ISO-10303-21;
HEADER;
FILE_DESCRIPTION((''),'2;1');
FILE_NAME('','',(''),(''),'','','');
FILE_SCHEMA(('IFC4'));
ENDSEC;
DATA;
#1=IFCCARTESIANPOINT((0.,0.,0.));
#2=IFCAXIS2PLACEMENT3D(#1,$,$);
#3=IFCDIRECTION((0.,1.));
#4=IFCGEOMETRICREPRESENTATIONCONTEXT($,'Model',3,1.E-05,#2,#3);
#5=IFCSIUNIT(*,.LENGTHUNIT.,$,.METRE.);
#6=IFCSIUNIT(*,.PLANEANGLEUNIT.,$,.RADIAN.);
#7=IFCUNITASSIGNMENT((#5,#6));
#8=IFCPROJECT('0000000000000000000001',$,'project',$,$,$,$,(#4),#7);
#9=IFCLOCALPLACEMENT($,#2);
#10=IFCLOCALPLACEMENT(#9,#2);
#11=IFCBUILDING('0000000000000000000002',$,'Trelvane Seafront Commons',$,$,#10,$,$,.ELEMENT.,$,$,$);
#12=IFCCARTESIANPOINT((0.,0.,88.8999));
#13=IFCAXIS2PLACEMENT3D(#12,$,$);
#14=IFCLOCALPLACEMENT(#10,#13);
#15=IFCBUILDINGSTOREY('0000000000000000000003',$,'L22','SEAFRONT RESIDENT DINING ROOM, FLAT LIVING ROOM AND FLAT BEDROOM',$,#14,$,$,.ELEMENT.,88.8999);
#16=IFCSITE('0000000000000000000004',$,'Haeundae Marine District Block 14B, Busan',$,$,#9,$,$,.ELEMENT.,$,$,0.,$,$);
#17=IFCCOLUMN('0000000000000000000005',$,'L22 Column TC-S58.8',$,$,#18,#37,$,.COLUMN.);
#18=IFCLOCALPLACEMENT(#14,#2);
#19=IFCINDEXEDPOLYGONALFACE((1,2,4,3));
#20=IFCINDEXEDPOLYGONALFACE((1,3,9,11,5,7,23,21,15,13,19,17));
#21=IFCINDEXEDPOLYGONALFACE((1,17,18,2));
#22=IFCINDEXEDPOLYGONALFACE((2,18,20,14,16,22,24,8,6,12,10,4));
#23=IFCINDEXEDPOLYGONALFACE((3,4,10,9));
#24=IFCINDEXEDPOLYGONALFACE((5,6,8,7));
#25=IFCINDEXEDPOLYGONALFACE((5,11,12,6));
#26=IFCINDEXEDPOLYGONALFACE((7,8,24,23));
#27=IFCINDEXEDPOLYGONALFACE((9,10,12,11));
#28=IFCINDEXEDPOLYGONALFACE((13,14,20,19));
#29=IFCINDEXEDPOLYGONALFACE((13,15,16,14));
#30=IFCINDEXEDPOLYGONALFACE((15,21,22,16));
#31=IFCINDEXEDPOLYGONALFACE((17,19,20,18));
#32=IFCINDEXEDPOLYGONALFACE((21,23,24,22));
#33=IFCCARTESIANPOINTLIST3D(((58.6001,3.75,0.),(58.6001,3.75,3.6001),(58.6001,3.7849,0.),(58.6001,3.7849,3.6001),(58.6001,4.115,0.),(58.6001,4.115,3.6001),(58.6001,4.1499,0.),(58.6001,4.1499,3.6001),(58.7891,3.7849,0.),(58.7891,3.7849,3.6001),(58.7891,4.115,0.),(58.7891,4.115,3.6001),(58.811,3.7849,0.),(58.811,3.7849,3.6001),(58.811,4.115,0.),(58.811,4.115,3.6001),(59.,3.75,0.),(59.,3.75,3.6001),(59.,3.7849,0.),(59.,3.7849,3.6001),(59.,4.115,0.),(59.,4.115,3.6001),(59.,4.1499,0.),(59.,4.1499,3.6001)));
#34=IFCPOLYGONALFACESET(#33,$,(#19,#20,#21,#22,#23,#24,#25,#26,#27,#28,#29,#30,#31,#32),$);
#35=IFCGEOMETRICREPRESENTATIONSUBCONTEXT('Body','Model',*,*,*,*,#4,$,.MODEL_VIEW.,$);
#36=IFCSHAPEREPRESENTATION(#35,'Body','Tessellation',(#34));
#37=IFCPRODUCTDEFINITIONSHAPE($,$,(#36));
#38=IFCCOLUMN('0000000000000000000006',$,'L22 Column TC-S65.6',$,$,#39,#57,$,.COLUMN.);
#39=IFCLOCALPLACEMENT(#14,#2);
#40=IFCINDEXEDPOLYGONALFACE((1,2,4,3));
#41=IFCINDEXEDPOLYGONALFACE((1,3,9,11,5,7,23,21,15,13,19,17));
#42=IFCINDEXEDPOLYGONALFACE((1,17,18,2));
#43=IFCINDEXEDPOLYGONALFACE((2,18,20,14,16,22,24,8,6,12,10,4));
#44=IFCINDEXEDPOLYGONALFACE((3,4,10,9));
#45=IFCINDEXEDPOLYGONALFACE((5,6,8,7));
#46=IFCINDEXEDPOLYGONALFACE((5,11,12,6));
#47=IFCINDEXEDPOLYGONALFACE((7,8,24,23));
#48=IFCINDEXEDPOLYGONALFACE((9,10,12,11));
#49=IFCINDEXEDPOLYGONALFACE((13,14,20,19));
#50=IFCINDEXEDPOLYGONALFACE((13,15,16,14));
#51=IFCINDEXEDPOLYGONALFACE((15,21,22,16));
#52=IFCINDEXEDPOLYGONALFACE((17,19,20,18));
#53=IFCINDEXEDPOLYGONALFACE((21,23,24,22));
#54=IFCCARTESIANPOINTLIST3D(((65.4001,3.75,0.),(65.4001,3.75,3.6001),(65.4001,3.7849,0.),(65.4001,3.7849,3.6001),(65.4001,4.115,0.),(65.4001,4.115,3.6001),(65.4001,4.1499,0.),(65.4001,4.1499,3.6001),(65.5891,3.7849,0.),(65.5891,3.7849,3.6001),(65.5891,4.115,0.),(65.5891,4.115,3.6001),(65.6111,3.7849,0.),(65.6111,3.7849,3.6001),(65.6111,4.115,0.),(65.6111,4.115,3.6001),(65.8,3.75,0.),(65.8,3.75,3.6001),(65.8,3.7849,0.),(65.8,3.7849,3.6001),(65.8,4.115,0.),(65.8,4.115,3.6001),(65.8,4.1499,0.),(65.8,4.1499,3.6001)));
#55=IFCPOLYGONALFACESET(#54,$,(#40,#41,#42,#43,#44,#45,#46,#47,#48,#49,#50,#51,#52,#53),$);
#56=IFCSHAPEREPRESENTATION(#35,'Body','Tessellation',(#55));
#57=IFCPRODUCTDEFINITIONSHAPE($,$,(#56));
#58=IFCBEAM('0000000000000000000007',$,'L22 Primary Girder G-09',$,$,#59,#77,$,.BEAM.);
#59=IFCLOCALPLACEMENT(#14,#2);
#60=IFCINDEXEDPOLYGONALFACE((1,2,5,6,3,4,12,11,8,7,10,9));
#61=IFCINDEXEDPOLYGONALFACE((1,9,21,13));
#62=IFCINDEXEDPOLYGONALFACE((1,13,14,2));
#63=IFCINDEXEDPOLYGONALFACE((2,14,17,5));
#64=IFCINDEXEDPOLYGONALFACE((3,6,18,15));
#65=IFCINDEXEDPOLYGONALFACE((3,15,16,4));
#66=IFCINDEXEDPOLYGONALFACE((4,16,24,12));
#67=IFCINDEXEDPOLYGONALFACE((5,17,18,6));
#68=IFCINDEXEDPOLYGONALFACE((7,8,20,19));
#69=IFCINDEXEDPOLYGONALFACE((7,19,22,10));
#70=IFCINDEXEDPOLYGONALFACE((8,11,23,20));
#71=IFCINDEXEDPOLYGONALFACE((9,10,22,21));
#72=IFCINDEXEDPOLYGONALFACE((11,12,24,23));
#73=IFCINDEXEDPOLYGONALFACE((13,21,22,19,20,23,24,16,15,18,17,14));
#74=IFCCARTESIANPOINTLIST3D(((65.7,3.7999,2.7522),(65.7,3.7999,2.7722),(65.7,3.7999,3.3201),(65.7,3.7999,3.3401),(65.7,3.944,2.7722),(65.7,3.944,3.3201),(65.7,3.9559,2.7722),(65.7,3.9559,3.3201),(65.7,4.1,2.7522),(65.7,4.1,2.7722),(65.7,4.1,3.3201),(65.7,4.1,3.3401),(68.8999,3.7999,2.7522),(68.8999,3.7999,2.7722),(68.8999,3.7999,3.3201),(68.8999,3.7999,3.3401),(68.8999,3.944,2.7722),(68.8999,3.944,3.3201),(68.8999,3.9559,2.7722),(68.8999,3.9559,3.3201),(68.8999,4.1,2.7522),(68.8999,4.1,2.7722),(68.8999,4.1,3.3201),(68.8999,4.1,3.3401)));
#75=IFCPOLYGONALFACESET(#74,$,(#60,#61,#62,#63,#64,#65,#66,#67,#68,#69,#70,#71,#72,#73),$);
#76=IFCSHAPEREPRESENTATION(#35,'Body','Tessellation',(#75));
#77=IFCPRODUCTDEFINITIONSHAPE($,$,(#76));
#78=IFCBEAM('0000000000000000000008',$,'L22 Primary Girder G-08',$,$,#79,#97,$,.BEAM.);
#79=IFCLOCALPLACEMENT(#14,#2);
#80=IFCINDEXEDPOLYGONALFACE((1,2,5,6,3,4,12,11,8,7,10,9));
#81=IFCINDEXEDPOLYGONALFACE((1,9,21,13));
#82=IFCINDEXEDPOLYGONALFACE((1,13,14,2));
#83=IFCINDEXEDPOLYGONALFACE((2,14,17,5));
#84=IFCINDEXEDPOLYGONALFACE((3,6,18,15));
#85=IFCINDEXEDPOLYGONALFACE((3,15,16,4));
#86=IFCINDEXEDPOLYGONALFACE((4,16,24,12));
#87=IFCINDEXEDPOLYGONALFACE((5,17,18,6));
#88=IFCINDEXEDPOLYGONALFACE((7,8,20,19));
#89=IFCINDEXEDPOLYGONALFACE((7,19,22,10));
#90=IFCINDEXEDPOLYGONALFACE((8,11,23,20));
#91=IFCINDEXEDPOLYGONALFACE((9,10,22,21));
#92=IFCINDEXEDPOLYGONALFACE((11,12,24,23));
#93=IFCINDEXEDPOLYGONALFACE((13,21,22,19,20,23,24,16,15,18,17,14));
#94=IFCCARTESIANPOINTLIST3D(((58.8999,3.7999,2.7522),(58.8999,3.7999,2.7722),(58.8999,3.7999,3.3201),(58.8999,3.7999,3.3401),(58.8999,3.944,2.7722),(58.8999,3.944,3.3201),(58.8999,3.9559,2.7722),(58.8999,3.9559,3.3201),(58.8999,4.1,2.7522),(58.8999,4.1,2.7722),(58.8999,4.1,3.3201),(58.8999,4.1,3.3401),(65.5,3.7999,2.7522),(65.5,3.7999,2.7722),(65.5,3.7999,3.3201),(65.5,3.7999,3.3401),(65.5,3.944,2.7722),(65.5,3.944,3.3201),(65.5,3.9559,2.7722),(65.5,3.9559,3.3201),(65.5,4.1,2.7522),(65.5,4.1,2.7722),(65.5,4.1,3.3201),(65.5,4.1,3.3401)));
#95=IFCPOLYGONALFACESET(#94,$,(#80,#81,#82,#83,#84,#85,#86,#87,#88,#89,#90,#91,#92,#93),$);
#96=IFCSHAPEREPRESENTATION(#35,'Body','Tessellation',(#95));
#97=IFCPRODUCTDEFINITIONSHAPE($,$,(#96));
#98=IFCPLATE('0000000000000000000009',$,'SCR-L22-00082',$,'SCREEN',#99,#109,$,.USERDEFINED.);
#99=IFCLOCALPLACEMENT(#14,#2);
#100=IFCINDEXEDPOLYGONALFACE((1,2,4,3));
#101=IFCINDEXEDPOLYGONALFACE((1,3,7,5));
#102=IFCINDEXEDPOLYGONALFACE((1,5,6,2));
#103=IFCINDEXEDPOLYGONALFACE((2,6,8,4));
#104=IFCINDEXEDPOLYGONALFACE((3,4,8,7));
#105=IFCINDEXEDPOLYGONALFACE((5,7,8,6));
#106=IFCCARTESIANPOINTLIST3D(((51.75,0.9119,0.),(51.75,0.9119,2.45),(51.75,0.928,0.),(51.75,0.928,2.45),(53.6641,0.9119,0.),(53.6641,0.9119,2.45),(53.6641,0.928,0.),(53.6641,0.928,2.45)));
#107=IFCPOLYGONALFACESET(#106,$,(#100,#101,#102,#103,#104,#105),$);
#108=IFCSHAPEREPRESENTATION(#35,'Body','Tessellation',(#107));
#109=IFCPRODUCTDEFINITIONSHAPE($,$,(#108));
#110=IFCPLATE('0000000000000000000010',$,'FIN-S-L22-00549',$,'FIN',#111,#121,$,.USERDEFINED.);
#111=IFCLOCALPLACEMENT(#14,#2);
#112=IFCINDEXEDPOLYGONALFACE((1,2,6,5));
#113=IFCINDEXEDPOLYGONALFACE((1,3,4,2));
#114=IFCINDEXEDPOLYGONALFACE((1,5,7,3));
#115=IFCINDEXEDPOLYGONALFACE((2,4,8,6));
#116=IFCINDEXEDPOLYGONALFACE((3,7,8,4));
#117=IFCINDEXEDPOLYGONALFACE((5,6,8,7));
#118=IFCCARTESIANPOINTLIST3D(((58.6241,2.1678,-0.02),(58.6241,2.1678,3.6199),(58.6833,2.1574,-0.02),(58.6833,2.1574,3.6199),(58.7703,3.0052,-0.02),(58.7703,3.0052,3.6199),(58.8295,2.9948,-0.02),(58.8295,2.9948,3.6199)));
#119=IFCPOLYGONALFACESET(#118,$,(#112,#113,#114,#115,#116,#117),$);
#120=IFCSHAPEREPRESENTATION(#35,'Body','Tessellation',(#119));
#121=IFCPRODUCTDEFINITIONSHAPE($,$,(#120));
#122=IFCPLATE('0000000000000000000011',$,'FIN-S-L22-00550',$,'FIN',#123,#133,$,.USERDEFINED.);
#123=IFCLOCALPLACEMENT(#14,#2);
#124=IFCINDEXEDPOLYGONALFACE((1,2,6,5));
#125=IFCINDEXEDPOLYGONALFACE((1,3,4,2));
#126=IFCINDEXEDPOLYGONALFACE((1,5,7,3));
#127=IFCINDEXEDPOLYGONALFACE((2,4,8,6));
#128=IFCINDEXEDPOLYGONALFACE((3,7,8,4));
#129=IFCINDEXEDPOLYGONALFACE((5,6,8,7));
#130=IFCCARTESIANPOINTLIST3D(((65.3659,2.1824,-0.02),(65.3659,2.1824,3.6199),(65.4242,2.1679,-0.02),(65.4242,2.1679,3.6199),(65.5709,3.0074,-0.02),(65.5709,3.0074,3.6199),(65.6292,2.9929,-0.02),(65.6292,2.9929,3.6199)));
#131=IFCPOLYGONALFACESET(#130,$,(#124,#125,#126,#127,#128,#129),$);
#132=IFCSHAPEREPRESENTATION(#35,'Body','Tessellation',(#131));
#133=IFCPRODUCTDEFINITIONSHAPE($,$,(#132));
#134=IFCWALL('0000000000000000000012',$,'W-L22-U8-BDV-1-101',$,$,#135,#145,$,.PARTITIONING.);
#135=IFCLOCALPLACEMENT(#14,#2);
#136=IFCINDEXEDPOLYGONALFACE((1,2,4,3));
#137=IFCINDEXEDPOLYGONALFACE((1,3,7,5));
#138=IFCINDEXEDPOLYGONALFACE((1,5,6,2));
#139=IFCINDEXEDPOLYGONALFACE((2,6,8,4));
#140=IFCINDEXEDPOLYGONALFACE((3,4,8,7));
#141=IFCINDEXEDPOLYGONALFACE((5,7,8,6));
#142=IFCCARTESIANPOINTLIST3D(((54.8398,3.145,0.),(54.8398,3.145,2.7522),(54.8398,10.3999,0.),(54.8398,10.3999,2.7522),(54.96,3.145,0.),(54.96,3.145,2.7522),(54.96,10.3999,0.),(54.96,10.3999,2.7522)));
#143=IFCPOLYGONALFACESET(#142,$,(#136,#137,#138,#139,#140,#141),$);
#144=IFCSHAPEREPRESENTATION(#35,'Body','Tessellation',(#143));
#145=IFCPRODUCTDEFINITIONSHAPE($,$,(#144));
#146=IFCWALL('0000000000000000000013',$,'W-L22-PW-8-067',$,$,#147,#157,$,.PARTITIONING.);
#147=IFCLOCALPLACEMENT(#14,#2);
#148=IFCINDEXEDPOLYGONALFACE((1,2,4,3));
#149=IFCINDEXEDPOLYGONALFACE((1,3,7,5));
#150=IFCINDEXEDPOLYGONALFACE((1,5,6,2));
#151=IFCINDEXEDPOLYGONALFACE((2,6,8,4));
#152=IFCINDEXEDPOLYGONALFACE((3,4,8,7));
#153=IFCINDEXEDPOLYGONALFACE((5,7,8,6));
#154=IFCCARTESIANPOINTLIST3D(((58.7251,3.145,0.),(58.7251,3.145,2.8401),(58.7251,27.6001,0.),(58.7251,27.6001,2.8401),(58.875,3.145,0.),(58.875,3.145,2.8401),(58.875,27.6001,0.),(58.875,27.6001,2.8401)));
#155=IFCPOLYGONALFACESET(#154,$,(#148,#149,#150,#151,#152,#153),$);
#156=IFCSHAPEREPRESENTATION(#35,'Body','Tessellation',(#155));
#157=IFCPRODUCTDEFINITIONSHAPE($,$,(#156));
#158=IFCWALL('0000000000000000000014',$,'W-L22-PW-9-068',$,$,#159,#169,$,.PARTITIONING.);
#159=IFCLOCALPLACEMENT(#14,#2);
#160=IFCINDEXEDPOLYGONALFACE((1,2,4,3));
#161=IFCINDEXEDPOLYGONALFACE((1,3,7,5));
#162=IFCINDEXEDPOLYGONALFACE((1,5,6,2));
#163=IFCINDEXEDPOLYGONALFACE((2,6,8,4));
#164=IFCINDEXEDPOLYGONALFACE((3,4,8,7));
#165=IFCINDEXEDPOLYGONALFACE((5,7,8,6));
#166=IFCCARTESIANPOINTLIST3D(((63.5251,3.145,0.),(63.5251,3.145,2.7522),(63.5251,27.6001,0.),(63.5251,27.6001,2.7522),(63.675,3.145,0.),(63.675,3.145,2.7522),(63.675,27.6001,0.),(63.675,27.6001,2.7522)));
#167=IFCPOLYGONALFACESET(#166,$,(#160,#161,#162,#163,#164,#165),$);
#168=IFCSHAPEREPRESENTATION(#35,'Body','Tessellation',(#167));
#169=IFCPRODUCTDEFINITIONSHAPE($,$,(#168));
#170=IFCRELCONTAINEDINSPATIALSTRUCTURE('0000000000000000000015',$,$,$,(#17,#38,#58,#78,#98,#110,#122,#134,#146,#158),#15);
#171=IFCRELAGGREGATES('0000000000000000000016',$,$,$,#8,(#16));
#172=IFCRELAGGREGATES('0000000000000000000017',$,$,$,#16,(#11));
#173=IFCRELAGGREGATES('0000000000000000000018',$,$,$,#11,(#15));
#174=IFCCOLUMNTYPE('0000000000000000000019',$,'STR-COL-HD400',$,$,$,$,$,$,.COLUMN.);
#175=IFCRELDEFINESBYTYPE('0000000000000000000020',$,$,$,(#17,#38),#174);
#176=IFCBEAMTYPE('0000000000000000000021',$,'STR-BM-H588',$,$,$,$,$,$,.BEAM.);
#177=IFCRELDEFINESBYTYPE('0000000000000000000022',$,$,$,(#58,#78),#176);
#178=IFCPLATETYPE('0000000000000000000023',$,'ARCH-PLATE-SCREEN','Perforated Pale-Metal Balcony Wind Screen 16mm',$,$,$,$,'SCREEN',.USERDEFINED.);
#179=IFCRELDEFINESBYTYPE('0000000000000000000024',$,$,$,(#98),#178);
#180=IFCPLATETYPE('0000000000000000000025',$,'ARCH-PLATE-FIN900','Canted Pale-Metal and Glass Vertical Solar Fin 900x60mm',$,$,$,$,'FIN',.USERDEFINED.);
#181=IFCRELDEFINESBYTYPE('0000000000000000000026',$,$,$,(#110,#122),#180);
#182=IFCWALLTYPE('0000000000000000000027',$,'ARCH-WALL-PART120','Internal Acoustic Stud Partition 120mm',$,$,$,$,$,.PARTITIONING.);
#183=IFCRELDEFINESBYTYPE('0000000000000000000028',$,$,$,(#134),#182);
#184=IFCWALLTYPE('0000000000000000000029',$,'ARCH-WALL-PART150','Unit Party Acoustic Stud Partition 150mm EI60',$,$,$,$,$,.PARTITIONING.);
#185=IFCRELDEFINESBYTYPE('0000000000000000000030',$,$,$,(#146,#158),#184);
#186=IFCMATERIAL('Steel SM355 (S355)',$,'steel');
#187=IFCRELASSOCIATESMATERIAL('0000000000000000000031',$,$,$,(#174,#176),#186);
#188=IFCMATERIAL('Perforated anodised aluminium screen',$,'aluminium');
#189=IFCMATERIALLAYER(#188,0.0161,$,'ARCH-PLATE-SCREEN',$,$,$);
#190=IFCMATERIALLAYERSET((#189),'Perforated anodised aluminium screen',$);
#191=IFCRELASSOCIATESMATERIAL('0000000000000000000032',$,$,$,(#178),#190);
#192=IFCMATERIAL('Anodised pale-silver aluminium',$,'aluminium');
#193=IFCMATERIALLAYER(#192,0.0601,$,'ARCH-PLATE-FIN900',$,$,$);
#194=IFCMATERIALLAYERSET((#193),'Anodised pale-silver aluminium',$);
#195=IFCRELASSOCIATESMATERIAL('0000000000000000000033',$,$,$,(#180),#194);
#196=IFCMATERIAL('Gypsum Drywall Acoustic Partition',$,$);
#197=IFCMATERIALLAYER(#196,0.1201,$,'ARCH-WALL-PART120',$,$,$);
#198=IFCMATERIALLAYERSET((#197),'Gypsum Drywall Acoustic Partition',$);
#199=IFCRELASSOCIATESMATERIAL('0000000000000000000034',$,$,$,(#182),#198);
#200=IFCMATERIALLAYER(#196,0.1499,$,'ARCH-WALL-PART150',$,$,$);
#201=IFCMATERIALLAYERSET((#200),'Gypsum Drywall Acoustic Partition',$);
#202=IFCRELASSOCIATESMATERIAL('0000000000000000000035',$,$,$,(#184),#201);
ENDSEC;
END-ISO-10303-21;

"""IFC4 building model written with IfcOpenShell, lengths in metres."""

from ifc_helpers import new_model, si_unit, direction, frame, frame_2d, origin, origin_2d, place, context, subcontext, project, spatial, rectangle, i_section, extrude, source, transform, mapped, material, layer, layer_set, material_profile, profile_set, type_object, element, save


model = new_model("IFC4")

# Units and contexts
model_context = context("Model", 3, precision=1e-05, world=origin(), true_north=direction((0.0, 1.0)))
body_context = subcontext(model_context, "Body", "Model", "MODEL_VIEW")
ifc_project = project(units=[si_unit("LENGTHUNIT", "METRE"), si_unit("PLANEANGLEUNIT", "RADIAN")], contexts=[model_context])

# Site, building, storey
site_placement = place(None, origin())
site = spatial("IfcSite", under=ifc_project, at=site_placement, Name="Haeundae Marine District Block 14B, Busan", CompositionType="ELEMENT", RefElevation=0.0)
building_placement = place(site_placement, origin())
building = spatial("IfcBuilding", under=site, at=building_placement, Name="Trelvane Seafront Commons", CompositionType="ELEMENT")
storey_placement = place(building_placement, frame((0.0, 0.0, 88.8999)))
storey = spatial("IfcBuildingStorey", under=building, at=storey_placement, Name="L22", Description="SEAFRONT RESIDENT DINING ROOM, FLAT LIVING ROOM AND FLAT BEDROOM", CompositionType="ELEMENT", Elevation=88.8999)

# Columns
ifc_material_1 = material(Name="Steel SM355 (S355)", Category="steel")
ifc_material_profile_1 = material_profile(ifc_material_1, i_section(OverallWidth=0.3999, OverallDepth=0.3999, WebThickness=0.022, FlangeThickness=0.0349, at=origin_2d()), Name="HD-400x400x22x35")
ifc_profile_set_1 = profile_set([ifc_material_profile_1], Name="Steel SM355 (S355)")
column_type = type_object("IfcColumnType", Name="STR-COL-HD400", PredefinedType="COLUMN", material=ifc_profile_set_1)
shared_shape_1 = source(origin(), body_context, "Body", "SweptSolid", [
    extrude(i_section(OverallWidth=0.3999, OverallDepth=0.3999, WebThickness=0.022, FlangeThickness=0.0349, at=origin_2d()), origin(), (0.0, 0.0, 1.0), 3.6001),
])
for number, where, z_axis, x_axis, name in (
    (1, (58.8, 3.95, 0.0), (0.0, 0.0, 1.0), (1.0, 0.0, 0.0), "L22 Column TC-S58.8"),
    (2, (65.6001, 3.95, 0.0), (0.0, 0.0, 1.0), (1.0, 0.0, 0.0), "L22 Column TC-S65.6"),
):
    element("IfcColumn", number, at=place(storey_placement, frame(where, z_axis=z_axis, x_axis=x_axis)), inside=storey, type_object=column_type, Name=name, PredefinedType="COLUMN", context=body_context, shape_type="MappedRepresentation", body=[
        mapped(shared_shape_1, transform((0.0, 0.0, 0.0), x_axis=(1.0, 0.0, 0.0), y_axis=(0.0, 1.0, 0.0), z_axis=(0.0, 0.0, 1.0), scale=1.0)),
    ])

# Beams
ifc_material_profile_2 = material_profile(ifc_material_1, i_section(OverallWidth=0.3, OverallDepth=0.5879, WebThickness=0.012, FlangeThickness=0.02, at=origin_2d()), Name="H-588x300x12x20")
ifc_profile_set_2 = profile_set([ifc_material_profile_2], Name="Steel SM355 (S355)")
beam_type = type_object("IfcBeamType", Name="STR-BM-H588", PredefinedType="BEAM", material=ifc_profile_set_2)
shared_shape_2 = source(origin(), body_context, "Body", "SweptSolid", [
    extrude(i_section(OverallWidth=0.3, OverallDepth=0.5879, WebThickness=0.012, FlangeThickness=0.02, at=origin_2d()), origin(), (0.0, 0.0, 1.0), 3.2),
])
beam_1_placement = place(storey_placement, frame((65.7, 3.95, 3.0461), z_axis=(1.0, 0.0, 0.0), x_axis=(0.0, 1.0, 0.0)))
element("IfcBeam", 3, at=beam_1_placement, inside=storey, type_object=beam_type, Name="L22 Primary Girder G-09", PredefinedType="BEAM", context=body_context, shape_type="MappedRepresentation", body=[
    mapped(shared_shape_2, transform((0.0, 0.0, 0.0), x_axis=(1.0, 0.0, 0.0), y_axis=(0.0, 1.0, 0.0), z_axis=(0.0, 0.0, 1.0), scale=1.0)),
])
shared_shape_3 = source(origin(), body_context, "Body", "SweptSolid", [
    extrude(i_section(OverallWidth=0.3, OverallDepth=0.5879, WebThickness=0.012, FlangeThickness=0.02, at=origin_2d()), origin(), (0.0, 0.0, 1.0), 6.6001),
])
beam_2_placement = place(storey_placement, frame((58.8999, 3.95, 3.0461), z_axis=(1.0, 0.0, 0.0), x_axis=(0.0, 1.0, 0.0)))
element("IfcBeam", 4, at=beam_2_placement, inside=storey, type_object=beam_type, Name="L22 Primary Girder G-08", PredefinedType="BEAM", context=body_context, shape_type="MappedRepresentation", body=[
    mapped(shared_shape_3, transform((0.0, 0.0, 0.0), x_axis=(1.0, 0.0, 0.0), y_axis=(0.0, 1.0, 0.0), z_axis=(0.0, 0.0, 1.0), scale=1.0)),
])

# Plates
ifc_material_2 = material(Name="Perforated anodised aluminium screen", Category="aluminium")
ifc_layer_1 = layer(ifc_material_2, 0.0161, Name="ARCH-PLATE-SCREEN")
ifc_layer_set_1 = layer_set([ifc_layer_1], Name="Perforated anodised aluminium screen")
plate_type_1 = type_object("IfcPlateType", Name="ARCH-PLATE-SCREEN", Description="Perforated Pale-Metal Balcony Wind Screen 16mm", ElementType="SCREEN", PredefinedType="USERDEFINED", material=ifc_layer_set_1)
shared_shape_4 = source(origin(), body_context, "Body", "SweptSolid", [
    extrude(rectangle(XDim=1.9141, YDim=0.0161, at=origin_2d()), origin(), (0.0, 0.0, 1.0), 2.45),
])
plate_placement = place(storey_placement, frame((52.707, 0.9199, 0.0), z_axis=(0.0, 0.0, 1.0), x_axis=(1.0, 0.0, 0.0)))
element("IfcPlate", 5, at=plate_placement, inside=storey, type_object=plate_type_1, Name="SCR-L22-00082", ObjectType="SCREEN", PredefinedType="USERDEFINED", context=body_context, shape_type="MappedRepresentation", body=[
    mapped(shared_shape_4, transform((0.0, 0.0, 0.0), x_axis=(1.0, 0.0, 0.0), y_axis=(0.0, 1.0, 0.0), z_axis=(0.0, 0.0, 1.0), scale=1.0)),
])
ifc_material_3 = material(Name="Anodised pale-silver aluminium", Category="aluminium")
ifc_layer_2 = layer(ifc_material_3, 0.0601, Name="ARCH-PLATE-FIN900")
ifc_layer_set_2 = layer_set([ifc_layer_2], Name="Anodised pale-silver aluminium")
plate_type_2 = type_object("IfcPlateType", Name="ARCH-PLATE-FIN900", Description="Canted Pale-Metal and Glass Vertical Solar Fin 900x60mm", ElementType="FIN", PredefinedType="USERDEFINED", material=ifc_layer_set_2)
shared_shape_5 = source(origin(), body_context, "Body", "SweptSolid", [
    extrude(rectangle(XDim=0.8501, YDim=0.0601, at=origin_2d()), origin(), (0.0, 0.0, 1.0), 3.6399),
])
for number, where, z_axis, x_axis, name in (
    (6, (58.7268, 2.5813, -0.02), (0.0, 0.0, 1.0), (-0.172006, -0.985096, 0.0), "FIN-S-L22-00549"),
    (7, (65.4976, 2.5876, -0.02), (0.0, 0.0, 1.0), (-0.241068, -0.970508, 0.0), "FIN-S-L22-00550"),
):
    element("IfcPlate", number, at=place(storey_placement, frame(where, z_axis=z_axis, x_axis=x_axis)), inside=storey, type_object=plate_type_2, Name=name, ObjectType="FIN", PredefinedType="USERDEFINED", context=body_context, shape_type="MappedRepresentation", body=[
        mapped(shared_shape_5, transform((0.0, 0.0, 0.0), x_axis=(1.0, 0.0, 0.0), y_axis=(0.0, 1.0, 0.0), z_axis=(0.0, 0.0, 1.0), scale=1.0)),
    ])

# Walls
ifc_material_4 = material(Name="Gypsum Drywall Acoustic Partition")
ifc_layer_3 = layer(ifc_material_4, 0.1201, Name="ARCH-WALL-PART120")
ifc_layer_set_3 = layer_set([ifc_layer_3], Name="Gypsum Drywall Acoustic Partition")
wall_type_1 = type_object("IfcWallType", Name="ARCH-WALL-PART120", Description="Internal Acoustic Stud Partition 120mm", PredefinedType="PARTITIONING", material=ifc_layer_set_3)
wall_1_placement = place(storey_placement, frame((54.8999, 3.145, 0.0), z_axis=(0.0, 0.0, 1.0), x_axis=(0.0, 1.0, 0.0)))
element("IfcWall", 8, at=wall_1_placement, inside=storey, type_object=wall_type_1, Name="W-L22-U8-BDV-1-101", PredefinedType="PARTITIONING", context=body_context, shape_type="SweptSolid", body=[
    extrude(rectangle(XDim=7.2549, YDim=0.1201, at=frame_2d((3.6274, 0.0))), origin(), (0.0, 0.0, 1.0), 2.7522),
])
ifc_layer_4 = layer(ifc_material_4, 0.1499, Name="ARCH-WALL-PART150")
ifc_layer_set_4 = layer_set([ifc_layer_4], Name="Gypsum Drywall Acoustic Partition")
wall_type_2 = type_object("IfcWallType", Name="ARCH-WALL-PART150", Description="Unit Party Acoustic Stud Partition 150mm EI60", PredefinedType="PARTITIONING", material=ifc_layer_set_4)
wall_2_placement = place(storey_placement, frame((58.8, 3.145, 0.0), z_axis=(0.0, 0.0, 1.0), x_axis=(0.0, 1.0, 0.0)))
element("IfcWall", 9, at=wall_2_placement, inside=storey, type_object=wall_type_2, Name="W-L22-PW-8-067", PredefinedType="PARTITIONING", context=body_context, shape_type="SweptSolid", body=[
    extrude(rectangle(XDim=24.4551, YDim=0.1499, at=frame_2d((12.2275, 0.0))), origin(), (0.0, 0.0, 1.0), 2.8401),
])
wall_3_placement = place(storey_placement, frame((63.6001, 3.145, 0.0), z_axis=(0.0, 0.0, 1.0), x_axis=(0.0, 1.0, 0.0)))
element("IfcWall", 10, at=wall_3_placement, inside=storey, type_object=wall_type_2, Name="W-L22-PW-9-068", PredefinedType="PARTITIONING", context=body_context, shape_type="SweptSolid", body=[
    extrude(rectangle(XDim=24.4551, YDim=0.1499, at=frame_2d((12.2275, 0.0))), origin(), (0.0, 0.0, 1.0), 2.7522),
])

save(model, "model.ifc")
